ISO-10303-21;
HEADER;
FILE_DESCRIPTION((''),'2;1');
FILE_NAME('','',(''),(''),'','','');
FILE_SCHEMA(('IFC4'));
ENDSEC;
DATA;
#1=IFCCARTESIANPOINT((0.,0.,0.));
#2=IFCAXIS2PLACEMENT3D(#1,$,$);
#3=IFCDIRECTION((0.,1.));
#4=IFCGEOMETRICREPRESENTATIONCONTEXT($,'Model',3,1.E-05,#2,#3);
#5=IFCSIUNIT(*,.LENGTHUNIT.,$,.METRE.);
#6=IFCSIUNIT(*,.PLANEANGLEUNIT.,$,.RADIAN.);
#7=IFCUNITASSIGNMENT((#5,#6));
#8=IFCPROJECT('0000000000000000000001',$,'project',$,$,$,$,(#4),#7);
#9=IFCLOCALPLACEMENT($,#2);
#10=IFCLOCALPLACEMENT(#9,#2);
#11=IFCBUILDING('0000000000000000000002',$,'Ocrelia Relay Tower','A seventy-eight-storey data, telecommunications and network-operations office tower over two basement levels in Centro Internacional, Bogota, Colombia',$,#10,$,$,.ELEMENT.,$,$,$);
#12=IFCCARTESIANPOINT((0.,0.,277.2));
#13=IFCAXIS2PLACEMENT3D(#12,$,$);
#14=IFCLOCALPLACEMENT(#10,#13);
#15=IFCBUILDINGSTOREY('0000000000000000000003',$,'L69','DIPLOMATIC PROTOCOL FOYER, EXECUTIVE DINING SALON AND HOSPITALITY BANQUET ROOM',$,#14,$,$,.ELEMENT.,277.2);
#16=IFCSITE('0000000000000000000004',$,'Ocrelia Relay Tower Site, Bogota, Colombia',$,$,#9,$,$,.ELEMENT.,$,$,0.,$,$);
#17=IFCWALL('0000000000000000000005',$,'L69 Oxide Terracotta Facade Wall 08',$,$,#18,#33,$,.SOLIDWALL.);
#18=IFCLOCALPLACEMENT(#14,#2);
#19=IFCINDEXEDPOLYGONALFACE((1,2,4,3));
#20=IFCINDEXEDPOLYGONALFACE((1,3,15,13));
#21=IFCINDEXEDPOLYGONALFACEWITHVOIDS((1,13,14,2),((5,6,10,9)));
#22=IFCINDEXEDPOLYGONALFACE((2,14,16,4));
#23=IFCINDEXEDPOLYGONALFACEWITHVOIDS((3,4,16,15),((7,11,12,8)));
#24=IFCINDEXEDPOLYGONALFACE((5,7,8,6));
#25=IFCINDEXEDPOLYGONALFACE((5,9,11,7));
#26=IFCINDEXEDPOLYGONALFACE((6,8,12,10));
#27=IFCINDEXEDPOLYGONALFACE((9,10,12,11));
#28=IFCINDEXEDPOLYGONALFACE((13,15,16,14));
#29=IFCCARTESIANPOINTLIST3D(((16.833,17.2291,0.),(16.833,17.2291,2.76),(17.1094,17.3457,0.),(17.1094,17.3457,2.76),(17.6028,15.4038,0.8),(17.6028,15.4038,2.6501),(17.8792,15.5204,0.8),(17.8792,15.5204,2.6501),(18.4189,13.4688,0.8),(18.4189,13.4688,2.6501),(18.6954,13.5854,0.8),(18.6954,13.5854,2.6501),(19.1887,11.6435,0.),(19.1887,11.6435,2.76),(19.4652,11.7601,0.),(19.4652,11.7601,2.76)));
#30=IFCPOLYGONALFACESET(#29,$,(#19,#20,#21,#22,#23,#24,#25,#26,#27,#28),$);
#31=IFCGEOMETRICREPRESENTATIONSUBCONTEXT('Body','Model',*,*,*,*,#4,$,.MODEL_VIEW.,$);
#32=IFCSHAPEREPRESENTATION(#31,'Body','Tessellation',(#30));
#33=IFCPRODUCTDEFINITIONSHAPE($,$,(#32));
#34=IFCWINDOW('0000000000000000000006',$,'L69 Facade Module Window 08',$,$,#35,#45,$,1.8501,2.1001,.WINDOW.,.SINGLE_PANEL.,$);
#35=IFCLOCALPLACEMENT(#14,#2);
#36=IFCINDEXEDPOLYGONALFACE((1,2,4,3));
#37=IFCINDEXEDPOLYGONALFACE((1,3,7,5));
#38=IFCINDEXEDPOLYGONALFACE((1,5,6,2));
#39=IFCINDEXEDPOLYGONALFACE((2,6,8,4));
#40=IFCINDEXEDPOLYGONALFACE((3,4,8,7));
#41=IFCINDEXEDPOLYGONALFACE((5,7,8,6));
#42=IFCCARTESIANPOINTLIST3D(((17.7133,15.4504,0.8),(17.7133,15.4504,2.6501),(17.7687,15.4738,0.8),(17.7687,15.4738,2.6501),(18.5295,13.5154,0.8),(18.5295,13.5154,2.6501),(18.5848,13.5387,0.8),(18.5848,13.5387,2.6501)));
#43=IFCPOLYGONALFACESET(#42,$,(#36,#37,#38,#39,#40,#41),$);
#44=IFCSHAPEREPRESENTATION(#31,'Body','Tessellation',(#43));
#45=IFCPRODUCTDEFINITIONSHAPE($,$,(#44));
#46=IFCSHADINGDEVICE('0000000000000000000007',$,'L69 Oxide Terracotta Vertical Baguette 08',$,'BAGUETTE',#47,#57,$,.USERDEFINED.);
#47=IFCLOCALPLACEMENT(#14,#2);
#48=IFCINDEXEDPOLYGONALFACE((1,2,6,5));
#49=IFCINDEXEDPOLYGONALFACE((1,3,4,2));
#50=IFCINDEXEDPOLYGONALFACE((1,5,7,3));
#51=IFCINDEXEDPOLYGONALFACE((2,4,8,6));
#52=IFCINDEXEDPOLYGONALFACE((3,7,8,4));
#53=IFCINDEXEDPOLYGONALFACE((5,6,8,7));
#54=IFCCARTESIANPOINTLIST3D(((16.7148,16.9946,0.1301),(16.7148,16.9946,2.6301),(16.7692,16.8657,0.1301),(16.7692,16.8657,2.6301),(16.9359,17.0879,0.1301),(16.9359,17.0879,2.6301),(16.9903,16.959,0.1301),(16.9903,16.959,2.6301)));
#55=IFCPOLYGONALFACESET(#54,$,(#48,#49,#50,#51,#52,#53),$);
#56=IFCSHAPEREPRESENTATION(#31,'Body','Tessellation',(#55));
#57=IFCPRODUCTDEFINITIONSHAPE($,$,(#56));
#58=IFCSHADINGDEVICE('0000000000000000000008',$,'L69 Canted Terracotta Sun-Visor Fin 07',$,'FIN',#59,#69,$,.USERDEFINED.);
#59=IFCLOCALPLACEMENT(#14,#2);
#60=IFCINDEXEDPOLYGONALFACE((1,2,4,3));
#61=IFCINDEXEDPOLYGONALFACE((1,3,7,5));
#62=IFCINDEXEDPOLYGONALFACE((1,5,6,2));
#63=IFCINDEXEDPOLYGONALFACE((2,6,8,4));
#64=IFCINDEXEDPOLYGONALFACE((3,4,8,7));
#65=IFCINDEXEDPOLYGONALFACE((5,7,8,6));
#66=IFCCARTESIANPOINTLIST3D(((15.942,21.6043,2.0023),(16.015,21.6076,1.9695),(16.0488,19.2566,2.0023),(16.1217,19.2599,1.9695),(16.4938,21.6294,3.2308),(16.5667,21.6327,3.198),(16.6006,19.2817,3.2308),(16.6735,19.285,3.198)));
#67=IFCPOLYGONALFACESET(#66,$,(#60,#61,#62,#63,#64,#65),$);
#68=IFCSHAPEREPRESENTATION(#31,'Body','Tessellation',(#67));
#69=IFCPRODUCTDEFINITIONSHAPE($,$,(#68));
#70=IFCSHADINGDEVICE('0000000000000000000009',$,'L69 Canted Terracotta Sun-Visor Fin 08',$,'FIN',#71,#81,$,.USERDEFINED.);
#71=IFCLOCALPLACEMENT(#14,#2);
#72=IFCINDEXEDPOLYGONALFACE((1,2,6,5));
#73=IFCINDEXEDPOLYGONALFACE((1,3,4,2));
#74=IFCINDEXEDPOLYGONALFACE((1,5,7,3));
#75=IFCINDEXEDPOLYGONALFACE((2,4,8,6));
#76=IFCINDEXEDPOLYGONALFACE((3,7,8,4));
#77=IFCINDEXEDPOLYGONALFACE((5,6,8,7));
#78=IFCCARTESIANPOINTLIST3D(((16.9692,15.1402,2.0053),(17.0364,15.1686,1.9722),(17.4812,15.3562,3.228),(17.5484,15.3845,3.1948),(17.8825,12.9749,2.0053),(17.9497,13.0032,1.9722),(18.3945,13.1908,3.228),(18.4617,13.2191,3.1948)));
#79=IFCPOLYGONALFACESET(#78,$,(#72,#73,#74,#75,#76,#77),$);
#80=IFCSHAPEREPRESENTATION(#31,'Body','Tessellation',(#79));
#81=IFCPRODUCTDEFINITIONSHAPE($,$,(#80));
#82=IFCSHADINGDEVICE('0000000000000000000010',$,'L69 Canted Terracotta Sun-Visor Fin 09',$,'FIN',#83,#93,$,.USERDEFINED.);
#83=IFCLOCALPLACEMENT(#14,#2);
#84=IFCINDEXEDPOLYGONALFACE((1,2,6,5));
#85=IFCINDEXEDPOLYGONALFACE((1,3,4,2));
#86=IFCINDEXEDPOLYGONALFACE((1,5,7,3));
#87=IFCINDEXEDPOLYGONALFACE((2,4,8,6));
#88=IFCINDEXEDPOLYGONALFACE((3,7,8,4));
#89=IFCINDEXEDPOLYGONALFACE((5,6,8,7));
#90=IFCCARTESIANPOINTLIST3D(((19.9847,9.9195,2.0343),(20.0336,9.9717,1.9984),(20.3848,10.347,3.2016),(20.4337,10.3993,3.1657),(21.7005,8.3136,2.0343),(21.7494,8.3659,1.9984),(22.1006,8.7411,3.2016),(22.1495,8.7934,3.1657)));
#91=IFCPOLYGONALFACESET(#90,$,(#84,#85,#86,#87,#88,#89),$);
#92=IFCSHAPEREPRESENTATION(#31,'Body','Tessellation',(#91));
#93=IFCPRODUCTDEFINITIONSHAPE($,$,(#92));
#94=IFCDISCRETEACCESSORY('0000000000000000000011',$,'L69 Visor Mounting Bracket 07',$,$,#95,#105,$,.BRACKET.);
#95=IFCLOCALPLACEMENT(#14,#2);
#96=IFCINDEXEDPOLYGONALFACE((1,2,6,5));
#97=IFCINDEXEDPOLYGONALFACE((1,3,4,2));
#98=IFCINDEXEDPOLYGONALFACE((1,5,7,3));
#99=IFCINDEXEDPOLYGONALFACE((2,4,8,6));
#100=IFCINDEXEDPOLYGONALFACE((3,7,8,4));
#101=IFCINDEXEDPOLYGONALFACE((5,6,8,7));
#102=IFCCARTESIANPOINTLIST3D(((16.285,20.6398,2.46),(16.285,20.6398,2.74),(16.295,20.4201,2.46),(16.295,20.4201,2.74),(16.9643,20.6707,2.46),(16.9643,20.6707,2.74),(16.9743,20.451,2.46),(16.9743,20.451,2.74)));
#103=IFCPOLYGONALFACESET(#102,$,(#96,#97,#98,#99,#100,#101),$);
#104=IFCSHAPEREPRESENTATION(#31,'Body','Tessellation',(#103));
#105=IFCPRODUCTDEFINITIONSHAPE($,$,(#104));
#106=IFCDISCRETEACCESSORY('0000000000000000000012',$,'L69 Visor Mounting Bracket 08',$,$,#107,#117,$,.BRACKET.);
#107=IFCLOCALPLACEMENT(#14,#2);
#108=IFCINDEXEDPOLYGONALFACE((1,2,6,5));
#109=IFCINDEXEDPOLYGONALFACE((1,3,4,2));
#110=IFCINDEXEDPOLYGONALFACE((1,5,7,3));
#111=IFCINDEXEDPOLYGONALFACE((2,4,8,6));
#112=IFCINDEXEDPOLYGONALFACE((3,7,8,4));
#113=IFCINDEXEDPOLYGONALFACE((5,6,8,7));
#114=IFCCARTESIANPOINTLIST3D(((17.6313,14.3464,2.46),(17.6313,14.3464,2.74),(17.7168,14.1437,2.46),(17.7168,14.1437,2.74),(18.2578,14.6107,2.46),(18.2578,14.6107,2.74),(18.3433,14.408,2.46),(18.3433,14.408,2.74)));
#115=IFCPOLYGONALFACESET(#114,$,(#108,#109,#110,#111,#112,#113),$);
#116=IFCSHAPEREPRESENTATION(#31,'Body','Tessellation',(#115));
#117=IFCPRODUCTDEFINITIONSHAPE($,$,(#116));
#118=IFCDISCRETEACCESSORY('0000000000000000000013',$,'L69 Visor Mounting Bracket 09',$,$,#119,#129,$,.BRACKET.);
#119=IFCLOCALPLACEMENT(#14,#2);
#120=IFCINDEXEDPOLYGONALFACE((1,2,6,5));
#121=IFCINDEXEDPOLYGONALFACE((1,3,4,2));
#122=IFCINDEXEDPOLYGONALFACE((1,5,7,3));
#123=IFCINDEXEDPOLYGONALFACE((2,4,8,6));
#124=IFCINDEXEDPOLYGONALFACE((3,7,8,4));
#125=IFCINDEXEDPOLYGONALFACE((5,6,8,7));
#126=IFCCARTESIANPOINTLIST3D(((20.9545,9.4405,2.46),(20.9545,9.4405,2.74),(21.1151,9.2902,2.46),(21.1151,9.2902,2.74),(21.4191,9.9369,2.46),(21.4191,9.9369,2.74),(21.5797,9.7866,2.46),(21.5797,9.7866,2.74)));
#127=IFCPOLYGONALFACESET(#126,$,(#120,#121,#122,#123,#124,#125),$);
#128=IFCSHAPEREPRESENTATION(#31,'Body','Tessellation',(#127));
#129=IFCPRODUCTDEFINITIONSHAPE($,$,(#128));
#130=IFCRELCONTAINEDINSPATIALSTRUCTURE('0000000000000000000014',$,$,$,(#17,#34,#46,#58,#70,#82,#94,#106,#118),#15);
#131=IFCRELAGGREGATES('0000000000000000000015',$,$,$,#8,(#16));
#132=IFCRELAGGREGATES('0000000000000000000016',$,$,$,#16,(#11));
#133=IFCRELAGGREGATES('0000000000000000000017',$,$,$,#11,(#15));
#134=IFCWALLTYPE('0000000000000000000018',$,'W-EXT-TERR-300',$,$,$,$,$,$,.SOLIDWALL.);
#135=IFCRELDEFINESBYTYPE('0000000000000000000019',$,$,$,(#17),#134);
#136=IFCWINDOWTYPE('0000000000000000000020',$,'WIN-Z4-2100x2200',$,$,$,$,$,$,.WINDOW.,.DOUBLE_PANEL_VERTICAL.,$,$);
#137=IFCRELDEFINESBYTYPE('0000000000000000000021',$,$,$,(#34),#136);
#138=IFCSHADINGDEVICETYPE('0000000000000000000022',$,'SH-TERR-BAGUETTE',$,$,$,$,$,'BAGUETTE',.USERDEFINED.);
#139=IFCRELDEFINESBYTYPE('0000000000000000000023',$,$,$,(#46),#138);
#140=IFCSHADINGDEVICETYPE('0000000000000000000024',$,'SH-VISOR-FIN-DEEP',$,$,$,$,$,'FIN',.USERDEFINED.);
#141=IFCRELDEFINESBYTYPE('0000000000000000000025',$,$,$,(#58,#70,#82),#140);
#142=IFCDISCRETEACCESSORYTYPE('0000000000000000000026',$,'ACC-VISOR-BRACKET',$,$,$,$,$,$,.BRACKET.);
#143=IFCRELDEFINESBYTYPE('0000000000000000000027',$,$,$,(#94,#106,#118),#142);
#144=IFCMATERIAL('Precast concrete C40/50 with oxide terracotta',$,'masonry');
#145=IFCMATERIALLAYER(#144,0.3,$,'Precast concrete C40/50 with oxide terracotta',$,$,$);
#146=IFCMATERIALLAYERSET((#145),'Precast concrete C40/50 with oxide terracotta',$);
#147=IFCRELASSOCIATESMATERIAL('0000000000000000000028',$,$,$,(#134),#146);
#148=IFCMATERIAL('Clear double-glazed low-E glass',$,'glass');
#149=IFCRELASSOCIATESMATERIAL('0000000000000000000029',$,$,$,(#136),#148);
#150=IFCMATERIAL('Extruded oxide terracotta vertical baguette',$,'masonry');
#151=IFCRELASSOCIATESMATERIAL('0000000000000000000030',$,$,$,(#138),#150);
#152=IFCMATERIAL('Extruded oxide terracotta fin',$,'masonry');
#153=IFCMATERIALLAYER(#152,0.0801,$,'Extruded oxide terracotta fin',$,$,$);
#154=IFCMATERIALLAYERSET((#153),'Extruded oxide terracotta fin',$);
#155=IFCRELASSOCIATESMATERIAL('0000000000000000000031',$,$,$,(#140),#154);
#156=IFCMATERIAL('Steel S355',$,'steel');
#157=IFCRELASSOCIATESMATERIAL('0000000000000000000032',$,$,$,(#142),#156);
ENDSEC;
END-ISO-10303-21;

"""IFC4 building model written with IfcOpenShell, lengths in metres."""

from ifc_helpers import new_model, si_unit, direction, frame, frame_2d, origin, origin_2d, place, context, subcontext, project, spatial, rectangle, extrude, material, layer, layer_set, type_object, element, fill, save


model = new_model("IFC4")

# Units and contexts
model_context = context("Model", 3, precision=1e-05, world=origin(), true_north=direction((0.0, 1.0)))
body_context = subcontext(model_context, "Body", "Model", "MODEL_VIEW")
ifc_project = project(units=[si_unit("LENGTHUNIT", "METRE"), si_unit("PLANEANGLEUNIT", "RADIAN")], contexts=[model_context])

# Site, building, storey
site_placement = place(None, origin())
site = spatial("IfcSite", under=ifc_project, at=site_placement, Name="Ocrelia Relay Tower Site, Bogota, Colombia", CompositionType="ELEMENT", RefElevation=0.0)
building_placement = place(site_placement, origin())
building = spatial("IfcBuilding", under=site, at=building_placement, Name="Ocrelia Relay Tower", Description="A seventy-eight-storey data, telecommunications and network-operations office tower over two basement levels in Centro Internacional, Bogota, Colombia", CompositionType="ELEMENT")
storey_placement = place(building_placement, frame((0.0, 0.0, 277.2)))
storey = spatial("IfcBuildingStorey", under=building, at=storey_placement, Name="L69", Description="DIPLOMATIC PROTOCOL FOYER, EXECUTIVE DINING SALON AND HOSPITALITY BANQUET ROOM", CompositionType="ELEMENT", Elevation=277.2)

# Shared definitions
ifc_material_1 = material(Name="Steel S355", Category="steel")

# Shared definitions
ifc_material_2 = material(Name="Clear double-glazed low-E glass", Category="glass")

# Wall, opening, window
ifc_material_3 = material(Name="Precast concrete C40/50 with oxide terracotta", Category="masonry")
ifc_layer_1 = layer(ifc_material_3, 0.3, Name="Precast concrete C40/50 with oxide terracotta")
ifc_layer_set_1 = layer_set([ifc_layer_1], Name="Precast concrete C40/50 with oxide terracotta")
wall_type_1 = type_object("IfcWallType", Name="W-EXT-TERR-300", PredefinedType="SOLIDWALL", material=ifc_layer_set_1)
wall_1_placement = place(storey_placement, frame((16.9712, 17.2874, 0.0), z_axis=(0.0, 0.0, 1.0), x_axis=(0.38861, -0.921402, 0.0)))
wall_1 = element("IfcWall", 1, at=wall_1_placement, inside=storey, type_object=wall_type_1, Name="L69 Oxide Terracotta Facade Wall 08", PredefinedType="SOLIDWALL", context=body_context, shape_type="SweptSolid", body=[
    extrude(rectangle(XDim=6.062, YDim=0.3, at=frame_2d((3.031, 0.0))), origin(), (0.0, 0.0, 1.0), 2.76),
])
opening_1_placement = place(wall_1_placement, frame((1.981, 0.0, 0.8)))
opening_1 = element("IfcOpeningElement", 2, at=opening_1_placement, cuts=wall_1, PredefinedType="OPENING", context=body_context, shape_type="SweptSolid", body=[
    extrude(rectangle(XDim=2.1001, YDim=1.8501, at=frame_2d((1.05, 0.925))), frame((0.0, 0.1602, 0.0), z_axis=(0.0, -1.0, 0.0), x_axis=(1.0, 0.0, 0.0)), (0.0, 0.0, 1.0), 0.3201),
])
window_type = type_object("IfcWindowType", Name="WIN-Z4-2100x2200", PartitioningType="DOUBLE_PANEL_VERTICAL", PredefinedType="WINDOW", material=ifc_material_2)
window_placement = place(opening_1_placement, origin())
window = element("IfcWindow", 3, at=window_placement, inside=storey, type_object=window_type, Name="L69 Facade Module Window 08", OverallHeight=1.8501, OverallWidth=2.1001, PartitioningType="SINGLE_PANEL", PredefinedType="WINDOW", context=body_context, shape_type="SweptSolid", body=[
    extrude(rectangle(XDim=2.1001, YDim=1.8501, at=frame_2d((1.05, 0.925))), frame((0.0, 0.03, 0.0), z_axis=(0.0, -1.0, 0.0), x_axis=(1.0, 0.0, 0.0)), (0.0, 0.0, 1.0), 0.0601),
])
fill(opening_1, window)

# Shading devices
ifc_material_4 = material(Name="Extruded oxide terracotta vertical baguette", Category="masonry")
shading_device_type_1 = type_object("IfcShadingDeviceType", Name="SH-TERR-BAGUETTE", ElementType="BAGUETTE", PredefinedType="USERDEFINED", material=ifc_material_4)
shading_device_1_placement = place(storey_placement, frame((16.8525, 16.9768, 0.1301), z_axis=(0.0, 0.0, 1.0), x_axis=(0.388611, -0.921402, 0.0)))
element("IfcShadingDevice", 4, at=shading_device_1_placement, inside=storey, type_object=shading_device_type_1, Name="L69 Oxide Terracotta Vertical Baguette 08", ObjectType="BAGUETTE", PredefinedType="USERDEFINED", context=body_context, shape_type="SweptSolid", body=[
    extrude(rectangle(XDim=0.1399, YDim=0.24, at=origin_2d()), origin(), (0.0, 0.0, 1.0), 2.5),
])
ifc_material_5 = material(Name="Extruded oxide terracotta fin", Category="masonry")
ifc_layer_2 = layer(ifc_material_5, 0.0801, Name="Extruded oxide terracotta fin")
ifc_layer_set_2 = layer_set([ifc_layer_2], Name="Extruded oxide terracotta fin")
shading_device_type_2 = type_object("IfcShadingDeviceType", Name="SH-VISOR-FIN-DEEP", ElementType="FIN", PredefinedType="USERDEFINED", material=ifc_layer_set_2)
shading_device_2_placement = place(storey_placement, frame((16.3442, 20.4463, 2.5837), z_axis=(-0.911107, -0.041435, 0.410082), x_axis=(0.04543, -0.998968, 0.0)))
element("IfcShadingDevice", 5, at=shading_device_2_placement, inside=storey, type_object=shading_device_type_2, Name="L69 Canted Terracotta Sun-Visor Fin 07", ObjectType="FIN", PredefinedType="USERDEFINED", context=body_context, shape_type="SweptSolid", body=[
    extrude(rectangle(XDim=2.3501, YDim=1.3469, at=origin_2d()), origin(), (0.0, 0.0, 1.0), 0.0801),
])
shading_device_3_placement = place(storey_placement, frame((17.749, 14.1938, 2.5835), z_axis=(-0.83884, -0.353789, 0.41374), x_axis=(0.388611, -0.921402, 0.0)))
element("IfcShadingDevice", 6, at=shading_device_3_placement, inside=storey, type_object=shading_device_type_2, Name="L69 Canted Terracotta Sun-Visor Fin 08", ObjectType="FIN", PredefinedType="USERDEFINED", context=body_context, shape_type="SweptSolid", body=[
    extrude(rectangle(XDim=2.3501, YDim=1.343, at=origin_2d()), origin(), (0.0, 0.0, 1.0), 0.0801),
])
shading_device_4_placement = place(storey_placement, frame((21.0916, 9.3826, 2.582), z_axis=(-0.610774, -0.652616, 0.448383), x_axis=(0.730125, -0.683313, 0.0)))
element("IfcShadingDevice", 7, at=shading_device_4_placement, inside=storey, type_object=shading_device_type_2, Name="L69 Canted Terracotta Sun-Visor Fin 09", ObjectType="FIN", PredefinedType="USERDEFINED", context=body_context, shape_type="SweptSolid", body=[
    extrude(rectangle(XDim=2.3501, YDim=1.3059, at=origin_2d()), origin(), (0.0, 0.0, 1.0), 0.0801),
])

# Discrete accessories
discrete_accessory_type = type_object("IfcDiscreteAccessoryType", Name="ACC-VISOR-BRACKET", PredefinedType="BRACKET", material=ifc_material_1)
for number, where, z_axis, x_axis, name in (
    (8, (16.6296, 20.5454, 2.46), (0.0, 0.0, 1.0), (0.04543, -0.998968, 0.0), "L69 Visor Mounting Bracket 07"),
    (9, (17.9873, 14.3772, 2.46), (0.0, 0.0, 1.0), (0.388611, -0.921402, 0.0), "L69 Visor Mounting Bracket 08"),
    (10, (21.2671, 9.6135, 2.46), (0.0, 0.0, 1.0), (0.730125, -0.683313, 0.0), "L69 Visor Mounting Bracket 09"),
):
    element("IfcDiscreteAccessory", number, at=place(storey_placement, frame(where, z_axis=z_axis, x_axis=x_axis)), inside=storey, type_object=discrete_accessory_type, Name=name, PredefinedType="BRACKET", context=body_context, shape_type="SweptSolid", body=[
        extrude(rectangle(XDim=0.22, YDim=0.6799, at=origin_2d()), origin(), (0.0, 0.0, 1.0), 0.28),
    ])

save(model, "model.ifc")
